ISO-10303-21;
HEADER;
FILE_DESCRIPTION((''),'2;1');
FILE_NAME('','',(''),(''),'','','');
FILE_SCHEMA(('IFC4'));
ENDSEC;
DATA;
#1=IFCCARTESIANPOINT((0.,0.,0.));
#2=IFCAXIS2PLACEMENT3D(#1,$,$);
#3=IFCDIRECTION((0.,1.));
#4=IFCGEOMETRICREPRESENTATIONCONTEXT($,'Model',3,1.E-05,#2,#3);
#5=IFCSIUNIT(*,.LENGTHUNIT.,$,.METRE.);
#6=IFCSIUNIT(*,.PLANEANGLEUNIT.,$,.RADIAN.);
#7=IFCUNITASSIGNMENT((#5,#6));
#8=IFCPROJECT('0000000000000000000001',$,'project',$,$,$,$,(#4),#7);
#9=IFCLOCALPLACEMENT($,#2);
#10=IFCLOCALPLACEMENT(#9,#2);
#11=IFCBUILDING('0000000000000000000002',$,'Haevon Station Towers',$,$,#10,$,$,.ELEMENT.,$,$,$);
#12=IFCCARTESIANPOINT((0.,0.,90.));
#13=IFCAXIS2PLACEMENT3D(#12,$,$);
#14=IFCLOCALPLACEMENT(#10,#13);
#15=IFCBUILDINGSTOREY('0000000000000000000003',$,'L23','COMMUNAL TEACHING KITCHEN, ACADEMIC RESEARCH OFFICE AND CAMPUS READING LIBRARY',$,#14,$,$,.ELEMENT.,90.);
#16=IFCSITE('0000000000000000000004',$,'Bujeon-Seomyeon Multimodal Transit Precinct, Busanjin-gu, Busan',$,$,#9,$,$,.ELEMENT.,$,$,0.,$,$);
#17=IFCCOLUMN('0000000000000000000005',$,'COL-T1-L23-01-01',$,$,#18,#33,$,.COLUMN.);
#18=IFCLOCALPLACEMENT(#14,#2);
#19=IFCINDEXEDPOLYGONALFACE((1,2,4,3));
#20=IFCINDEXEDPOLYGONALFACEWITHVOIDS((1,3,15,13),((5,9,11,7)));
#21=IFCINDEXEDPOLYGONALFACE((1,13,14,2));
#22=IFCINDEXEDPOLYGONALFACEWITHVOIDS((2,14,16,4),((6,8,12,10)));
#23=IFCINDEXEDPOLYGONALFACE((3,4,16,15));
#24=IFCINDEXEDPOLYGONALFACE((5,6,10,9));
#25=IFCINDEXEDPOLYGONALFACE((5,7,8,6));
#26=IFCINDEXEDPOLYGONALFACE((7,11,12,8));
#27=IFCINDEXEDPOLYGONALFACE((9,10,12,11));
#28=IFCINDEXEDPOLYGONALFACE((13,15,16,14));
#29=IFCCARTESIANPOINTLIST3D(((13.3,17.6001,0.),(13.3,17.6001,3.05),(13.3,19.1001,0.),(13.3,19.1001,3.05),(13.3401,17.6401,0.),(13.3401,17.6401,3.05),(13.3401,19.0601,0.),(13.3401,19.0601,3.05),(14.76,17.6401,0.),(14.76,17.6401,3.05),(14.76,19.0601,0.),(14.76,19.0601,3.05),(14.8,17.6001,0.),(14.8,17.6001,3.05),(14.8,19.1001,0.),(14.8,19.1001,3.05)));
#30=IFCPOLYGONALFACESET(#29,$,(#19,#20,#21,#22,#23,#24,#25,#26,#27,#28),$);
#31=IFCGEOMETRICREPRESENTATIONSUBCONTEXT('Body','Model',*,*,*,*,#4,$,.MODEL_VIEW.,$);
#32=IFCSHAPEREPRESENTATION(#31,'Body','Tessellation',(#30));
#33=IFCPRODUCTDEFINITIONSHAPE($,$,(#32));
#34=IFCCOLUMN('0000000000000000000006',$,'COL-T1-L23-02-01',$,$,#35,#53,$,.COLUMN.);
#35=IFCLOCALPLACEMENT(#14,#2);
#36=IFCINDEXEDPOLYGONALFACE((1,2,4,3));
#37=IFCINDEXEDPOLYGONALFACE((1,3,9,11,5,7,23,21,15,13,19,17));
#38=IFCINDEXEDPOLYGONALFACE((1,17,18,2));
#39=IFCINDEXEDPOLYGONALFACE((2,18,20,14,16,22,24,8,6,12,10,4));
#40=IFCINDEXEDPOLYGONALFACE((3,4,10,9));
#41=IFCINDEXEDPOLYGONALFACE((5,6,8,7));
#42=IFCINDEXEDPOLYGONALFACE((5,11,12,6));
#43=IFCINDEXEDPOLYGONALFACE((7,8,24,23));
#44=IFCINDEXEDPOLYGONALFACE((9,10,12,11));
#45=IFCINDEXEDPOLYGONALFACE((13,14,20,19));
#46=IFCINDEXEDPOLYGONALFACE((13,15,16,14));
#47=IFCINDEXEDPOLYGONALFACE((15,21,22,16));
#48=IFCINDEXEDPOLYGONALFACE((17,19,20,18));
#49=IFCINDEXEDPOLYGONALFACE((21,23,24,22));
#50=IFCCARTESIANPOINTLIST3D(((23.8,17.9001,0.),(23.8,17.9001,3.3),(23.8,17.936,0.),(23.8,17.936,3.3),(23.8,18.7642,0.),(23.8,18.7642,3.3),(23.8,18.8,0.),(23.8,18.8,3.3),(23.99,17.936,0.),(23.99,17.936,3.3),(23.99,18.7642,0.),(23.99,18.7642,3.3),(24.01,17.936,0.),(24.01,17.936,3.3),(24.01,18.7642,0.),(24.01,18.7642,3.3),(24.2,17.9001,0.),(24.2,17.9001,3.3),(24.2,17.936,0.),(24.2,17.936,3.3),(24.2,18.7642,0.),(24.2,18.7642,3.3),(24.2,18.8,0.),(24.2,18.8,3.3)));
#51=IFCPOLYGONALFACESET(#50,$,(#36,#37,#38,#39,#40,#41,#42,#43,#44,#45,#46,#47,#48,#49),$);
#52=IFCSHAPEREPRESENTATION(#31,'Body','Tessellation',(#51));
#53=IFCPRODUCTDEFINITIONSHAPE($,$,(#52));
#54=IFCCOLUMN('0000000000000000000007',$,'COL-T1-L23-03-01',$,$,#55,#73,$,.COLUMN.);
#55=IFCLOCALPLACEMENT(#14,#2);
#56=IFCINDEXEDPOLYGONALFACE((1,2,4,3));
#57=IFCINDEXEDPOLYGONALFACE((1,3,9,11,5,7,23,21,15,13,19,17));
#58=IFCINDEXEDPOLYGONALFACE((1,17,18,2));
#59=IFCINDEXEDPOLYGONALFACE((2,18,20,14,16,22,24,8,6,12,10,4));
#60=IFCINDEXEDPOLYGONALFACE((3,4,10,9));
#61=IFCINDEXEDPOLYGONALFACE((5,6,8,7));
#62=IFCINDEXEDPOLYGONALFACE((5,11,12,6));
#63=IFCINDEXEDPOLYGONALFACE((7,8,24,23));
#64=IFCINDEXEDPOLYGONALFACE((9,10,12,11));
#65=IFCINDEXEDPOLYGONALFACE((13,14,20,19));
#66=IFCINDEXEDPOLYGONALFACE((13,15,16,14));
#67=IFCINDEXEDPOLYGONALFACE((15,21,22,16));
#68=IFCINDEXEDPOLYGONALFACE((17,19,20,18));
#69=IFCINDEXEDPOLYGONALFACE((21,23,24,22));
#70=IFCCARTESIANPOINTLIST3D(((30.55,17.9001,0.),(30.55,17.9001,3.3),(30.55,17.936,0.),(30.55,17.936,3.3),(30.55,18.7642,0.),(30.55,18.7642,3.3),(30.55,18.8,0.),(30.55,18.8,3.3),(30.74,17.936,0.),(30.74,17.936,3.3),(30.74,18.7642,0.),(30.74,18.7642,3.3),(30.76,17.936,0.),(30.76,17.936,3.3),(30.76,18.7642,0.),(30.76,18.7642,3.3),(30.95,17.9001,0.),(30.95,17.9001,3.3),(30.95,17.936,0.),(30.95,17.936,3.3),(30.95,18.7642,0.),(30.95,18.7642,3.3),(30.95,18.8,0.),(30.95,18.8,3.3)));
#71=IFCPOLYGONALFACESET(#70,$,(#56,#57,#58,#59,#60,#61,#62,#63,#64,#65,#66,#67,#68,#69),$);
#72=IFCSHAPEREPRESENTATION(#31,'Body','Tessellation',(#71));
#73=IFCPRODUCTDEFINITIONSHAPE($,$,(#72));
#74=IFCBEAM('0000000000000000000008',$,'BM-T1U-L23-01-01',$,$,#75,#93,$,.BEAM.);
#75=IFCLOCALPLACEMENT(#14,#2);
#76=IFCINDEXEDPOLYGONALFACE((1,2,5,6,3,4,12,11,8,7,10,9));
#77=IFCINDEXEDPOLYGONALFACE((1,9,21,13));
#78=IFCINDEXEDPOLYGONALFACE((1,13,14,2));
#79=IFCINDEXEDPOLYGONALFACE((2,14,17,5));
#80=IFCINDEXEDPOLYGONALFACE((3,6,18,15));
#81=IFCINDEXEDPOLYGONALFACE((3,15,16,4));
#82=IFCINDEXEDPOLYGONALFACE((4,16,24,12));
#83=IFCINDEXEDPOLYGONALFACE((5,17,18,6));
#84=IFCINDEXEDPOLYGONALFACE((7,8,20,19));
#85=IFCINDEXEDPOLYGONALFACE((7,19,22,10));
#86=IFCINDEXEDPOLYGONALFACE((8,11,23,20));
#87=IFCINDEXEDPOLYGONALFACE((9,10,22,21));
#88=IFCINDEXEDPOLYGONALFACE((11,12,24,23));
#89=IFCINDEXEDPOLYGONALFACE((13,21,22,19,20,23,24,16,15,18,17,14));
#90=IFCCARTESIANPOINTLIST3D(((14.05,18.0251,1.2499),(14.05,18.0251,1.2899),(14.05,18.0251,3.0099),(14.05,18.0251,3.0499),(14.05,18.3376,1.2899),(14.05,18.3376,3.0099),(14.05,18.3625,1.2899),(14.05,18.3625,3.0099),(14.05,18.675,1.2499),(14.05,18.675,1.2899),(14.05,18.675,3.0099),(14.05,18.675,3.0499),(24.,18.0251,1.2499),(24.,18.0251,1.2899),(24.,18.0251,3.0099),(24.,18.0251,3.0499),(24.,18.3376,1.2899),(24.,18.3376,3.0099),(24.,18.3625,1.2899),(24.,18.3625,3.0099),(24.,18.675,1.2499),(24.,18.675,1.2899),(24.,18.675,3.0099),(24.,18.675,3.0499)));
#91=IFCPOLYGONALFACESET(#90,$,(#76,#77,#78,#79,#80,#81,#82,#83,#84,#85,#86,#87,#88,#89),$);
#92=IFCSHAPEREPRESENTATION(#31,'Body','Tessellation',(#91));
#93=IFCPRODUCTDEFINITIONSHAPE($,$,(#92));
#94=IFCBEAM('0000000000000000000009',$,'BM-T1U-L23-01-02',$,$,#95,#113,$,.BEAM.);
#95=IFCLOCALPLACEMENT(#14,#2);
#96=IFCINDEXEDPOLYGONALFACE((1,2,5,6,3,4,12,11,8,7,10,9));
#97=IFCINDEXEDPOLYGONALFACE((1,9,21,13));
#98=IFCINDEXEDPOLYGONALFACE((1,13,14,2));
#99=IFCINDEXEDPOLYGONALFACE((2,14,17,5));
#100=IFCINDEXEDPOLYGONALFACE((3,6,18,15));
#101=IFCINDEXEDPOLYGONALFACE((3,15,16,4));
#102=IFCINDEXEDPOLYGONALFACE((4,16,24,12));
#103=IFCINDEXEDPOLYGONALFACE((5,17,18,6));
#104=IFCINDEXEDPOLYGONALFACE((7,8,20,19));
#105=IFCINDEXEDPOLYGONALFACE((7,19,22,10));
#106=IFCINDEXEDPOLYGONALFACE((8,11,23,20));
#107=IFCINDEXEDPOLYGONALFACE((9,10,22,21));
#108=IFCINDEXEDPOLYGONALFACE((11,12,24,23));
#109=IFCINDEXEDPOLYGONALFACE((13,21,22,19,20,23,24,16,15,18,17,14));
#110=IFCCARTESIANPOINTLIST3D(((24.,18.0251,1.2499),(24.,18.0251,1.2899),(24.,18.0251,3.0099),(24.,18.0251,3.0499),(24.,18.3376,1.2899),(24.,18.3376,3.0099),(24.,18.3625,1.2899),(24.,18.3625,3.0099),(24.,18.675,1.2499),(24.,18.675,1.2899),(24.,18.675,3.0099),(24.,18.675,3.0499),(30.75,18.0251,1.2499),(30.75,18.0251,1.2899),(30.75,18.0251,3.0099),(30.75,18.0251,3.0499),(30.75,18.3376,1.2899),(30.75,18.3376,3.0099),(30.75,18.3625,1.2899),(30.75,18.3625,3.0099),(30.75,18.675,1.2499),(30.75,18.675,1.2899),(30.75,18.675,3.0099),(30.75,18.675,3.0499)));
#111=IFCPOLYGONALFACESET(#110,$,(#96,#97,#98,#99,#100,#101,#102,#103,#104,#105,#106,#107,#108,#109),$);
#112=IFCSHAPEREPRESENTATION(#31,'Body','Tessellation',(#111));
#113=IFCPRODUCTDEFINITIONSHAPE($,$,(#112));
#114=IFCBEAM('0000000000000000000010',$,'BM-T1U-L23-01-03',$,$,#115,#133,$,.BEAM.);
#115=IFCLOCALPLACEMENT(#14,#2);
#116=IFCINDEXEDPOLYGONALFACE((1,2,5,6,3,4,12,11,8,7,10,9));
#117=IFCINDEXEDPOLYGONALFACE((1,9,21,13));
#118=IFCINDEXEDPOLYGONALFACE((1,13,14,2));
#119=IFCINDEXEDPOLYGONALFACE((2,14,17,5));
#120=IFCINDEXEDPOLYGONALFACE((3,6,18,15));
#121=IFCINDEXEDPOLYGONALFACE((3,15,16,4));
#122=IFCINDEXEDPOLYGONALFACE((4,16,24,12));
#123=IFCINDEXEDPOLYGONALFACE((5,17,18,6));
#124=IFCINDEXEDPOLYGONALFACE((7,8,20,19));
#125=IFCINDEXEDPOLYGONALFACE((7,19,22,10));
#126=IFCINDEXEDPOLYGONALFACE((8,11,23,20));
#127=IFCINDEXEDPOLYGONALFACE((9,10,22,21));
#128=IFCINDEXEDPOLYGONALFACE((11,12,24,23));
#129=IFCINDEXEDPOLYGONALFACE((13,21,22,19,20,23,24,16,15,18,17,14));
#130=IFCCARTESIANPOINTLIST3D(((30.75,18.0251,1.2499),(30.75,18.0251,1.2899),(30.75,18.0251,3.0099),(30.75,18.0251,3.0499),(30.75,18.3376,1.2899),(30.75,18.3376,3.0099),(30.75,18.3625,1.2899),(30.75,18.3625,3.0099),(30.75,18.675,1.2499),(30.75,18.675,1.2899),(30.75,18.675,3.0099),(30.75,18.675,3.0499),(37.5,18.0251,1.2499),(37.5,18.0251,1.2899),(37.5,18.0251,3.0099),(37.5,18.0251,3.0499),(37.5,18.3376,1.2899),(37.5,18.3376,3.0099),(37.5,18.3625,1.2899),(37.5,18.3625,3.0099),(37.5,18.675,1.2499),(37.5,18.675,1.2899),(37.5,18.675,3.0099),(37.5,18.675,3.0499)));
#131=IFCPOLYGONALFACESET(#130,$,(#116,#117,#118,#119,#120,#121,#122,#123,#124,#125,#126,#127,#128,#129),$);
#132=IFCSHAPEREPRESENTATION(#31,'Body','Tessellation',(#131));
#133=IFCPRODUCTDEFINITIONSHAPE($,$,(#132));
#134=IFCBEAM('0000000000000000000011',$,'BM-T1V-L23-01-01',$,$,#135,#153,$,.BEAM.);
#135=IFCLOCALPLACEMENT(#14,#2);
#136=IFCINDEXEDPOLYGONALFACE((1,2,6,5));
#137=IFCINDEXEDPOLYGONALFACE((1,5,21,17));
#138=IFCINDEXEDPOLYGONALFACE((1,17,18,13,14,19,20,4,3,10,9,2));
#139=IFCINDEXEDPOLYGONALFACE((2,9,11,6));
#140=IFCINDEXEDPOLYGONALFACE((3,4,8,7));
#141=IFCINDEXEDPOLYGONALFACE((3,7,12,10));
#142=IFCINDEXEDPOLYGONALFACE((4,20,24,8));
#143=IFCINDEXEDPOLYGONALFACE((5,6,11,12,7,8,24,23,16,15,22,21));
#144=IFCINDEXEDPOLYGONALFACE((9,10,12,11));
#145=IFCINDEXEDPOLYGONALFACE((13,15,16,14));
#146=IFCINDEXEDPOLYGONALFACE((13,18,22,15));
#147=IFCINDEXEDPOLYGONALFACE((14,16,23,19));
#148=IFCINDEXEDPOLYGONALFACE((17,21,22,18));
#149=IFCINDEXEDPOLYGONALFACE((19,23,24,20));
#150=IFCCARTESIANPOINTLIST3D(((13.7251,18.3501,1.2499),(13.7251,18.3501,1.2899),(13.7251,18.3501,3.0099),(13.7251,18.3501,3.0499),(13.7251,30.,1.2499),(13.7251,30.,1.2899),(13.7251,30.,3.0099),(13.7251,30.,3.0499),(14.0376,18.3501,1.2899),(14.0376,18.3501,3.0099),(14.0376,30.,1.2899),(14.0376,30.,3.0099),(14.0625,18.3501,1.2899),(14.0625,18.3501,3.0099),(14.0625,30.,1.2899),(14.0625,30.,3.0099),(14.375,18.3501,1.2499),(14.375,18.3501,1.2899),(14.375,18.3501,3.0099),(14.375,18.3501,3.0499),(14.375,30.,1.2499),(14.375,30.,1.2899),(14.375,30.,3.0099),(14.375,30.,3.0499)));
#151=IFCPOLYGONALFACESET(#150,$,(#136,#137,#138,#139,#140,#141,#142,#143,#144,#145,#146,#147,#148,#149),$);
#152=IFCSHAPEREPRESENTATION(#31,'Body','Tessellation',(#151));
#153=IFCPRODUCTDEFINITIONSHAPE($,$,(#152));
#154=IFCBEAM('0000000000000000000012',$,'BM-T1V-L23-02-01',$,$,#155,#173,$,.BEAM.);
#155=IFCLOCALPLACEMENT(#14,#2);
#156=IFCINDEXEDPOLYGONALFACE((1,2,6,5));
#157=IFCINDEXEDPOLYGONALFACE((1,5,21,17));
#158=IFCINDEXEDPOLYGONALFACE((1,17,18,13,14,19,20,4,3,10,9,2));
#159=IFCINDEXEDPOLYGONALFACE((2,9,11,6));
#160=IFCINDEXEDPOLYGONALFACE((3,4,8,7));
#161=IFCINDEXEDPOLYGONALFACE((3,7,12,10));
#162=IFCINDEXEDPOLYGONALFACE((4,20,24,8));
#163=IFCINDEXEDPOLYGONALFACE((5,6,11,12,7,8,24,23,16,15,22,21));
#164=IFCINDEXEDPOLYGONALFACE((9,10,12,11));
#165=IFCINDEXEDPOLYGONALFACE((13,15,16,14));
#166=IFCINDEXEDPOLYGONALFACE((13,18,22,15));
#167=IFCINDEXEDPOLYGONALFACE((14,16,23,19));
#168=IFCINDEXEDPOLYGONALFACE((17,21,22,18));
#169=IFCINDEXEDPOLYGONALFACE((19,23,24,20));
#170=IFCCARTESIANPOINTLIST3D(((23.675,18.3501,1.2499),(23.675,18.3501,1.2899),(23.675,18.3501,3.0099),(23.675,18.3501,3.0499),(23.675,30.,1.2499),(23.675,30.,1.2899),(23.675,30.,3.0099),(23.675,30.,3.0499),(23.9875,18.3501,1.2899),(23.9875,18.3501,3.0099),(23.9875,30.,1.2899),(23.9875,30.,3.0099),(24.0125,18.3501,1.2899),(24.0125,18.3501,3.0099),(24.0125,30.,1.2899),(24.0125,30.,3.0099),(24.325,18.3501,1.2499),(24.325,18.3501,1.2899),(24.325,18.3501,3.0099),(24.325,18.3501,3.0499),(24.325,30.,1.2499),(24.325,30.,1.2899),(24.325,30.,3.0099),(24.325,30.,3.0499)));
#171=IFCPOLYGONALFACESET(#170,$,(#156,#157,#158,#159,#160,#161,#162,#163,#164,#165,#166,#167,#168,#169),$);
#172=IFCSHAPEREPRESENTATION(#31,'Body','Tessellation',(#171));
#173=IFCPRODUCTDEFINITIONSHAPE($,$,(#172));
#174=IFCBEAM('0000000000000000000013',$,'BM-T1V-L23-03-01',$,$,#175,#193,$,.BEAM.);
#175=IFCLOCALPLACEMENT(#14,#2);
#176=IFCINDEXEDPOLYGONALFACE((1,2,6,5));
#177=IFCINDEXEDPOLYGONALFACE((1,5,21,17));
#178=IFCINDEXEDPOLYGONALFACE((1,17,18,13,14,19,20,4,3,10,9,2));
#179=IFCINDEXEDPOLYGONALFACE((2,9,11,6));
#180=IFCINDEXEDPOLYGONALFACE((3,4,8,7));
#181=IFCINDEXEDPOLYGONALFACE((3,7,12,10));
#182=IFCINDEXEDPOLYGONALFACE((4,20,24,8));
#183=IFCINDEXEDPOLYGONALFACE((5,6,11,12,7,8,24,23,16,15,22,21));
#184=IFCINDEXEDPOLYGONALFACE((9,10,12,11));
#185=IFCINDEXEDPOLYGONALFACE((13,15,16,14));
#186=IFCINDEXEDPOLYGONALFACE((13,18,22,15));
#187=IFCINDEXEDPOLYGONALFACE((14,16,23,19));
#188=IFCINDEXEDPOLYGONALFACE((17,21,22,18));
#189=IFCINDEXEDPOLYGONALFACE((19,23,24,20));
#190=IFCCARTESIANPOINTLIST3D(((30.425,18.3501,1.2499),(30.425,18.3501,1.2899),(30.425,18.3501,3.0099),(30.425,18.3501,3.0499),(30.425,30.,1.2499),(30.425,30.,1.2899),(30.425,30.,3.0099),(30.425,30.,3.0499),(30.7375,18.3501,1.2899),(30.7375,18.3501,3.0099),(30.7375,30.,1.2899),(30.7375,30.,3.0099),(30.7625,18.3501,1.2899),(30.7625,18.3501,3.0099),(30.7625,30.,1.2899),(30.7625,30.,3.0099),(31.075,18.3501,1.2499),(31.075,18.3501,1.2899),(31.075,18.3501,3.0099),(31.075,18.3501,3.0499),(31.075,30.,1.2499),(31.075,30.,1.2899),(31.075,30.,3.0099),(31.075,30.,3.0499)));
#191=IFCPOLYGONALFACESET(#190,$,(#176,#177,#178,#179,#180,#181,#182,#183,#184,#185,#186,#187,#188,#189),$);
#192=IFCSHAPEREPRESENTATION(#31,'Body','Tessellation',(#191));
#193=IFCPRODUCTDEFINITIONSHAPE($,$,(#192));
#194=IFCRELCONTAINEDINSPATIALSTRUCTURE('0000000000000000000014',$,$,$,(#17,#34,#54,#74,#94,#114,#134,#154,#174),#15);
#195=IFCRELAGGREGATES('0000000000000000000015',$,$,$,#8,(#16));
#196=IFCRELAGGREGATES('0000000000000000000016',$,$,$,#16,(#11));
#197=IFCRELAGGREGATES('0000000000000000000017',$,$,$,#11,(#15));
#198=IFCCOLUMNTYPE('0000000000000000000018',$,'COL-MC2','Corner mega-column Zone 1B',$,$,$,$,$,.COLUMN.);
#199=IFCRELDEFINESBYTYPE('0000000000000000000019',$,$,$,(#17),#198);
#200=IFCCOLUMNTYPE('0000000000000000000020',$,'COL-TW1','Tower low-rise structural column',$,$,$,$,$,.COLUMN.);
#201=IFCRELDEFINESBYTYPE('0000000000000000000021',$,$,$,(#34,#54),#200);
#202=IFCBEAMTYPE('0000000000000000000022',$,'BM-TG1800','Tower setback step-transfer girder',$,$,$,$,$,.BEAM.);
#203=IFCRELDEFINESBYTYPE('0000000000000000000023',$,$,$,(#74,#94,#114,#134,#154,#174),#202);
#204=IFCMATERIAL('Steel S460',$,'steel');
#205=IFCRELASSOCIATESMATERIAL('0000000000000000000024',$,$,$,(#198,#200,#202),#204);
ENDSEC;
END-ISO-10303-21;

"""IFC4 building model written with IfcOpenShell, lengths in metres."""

from ifc_helpers import new_model, si_unit, direction, frame, origin, origin_2d, place, context, subcontext, project, spatial, hollow_rectangle, i_section, extrude, material, material_profile, profile_set, type_object, element, save


model = new_model("IFC4")

# Units and contexts
model_context = context("Model", 3, precision=1e-05, world=origin(), true_north=direction((0.0, 1.0)))
body_context = subcontext(model_context, "Body", "Model", "MODEL_VIEW")
ifc_project = project(units=[si_unit("LENGTHUNIT", "METRE"), si_unit("PLANEANGLEUNIT", "RADIAN")], contexts=[model_context])

# Site, building, storey
site_placement = place(None, origin())
site = spatial("IfcSite", under=ifc_project, at=site_placement, Name="Bujeon-Seomyeon Multimodal Transit Precinct, Busanjin-gu, Busan", CompositionType="ELEMENT", RefElevation=0.0)
building_placement = place(site_placement, origin())
building = spatial("IfcBuilding", under=site, at=building_placement, Name="Haevon Station Towers", CompositionType="ELEMENT")
storey_placement = place(building_placement, frame((0.0, 0.0, 90.0)))
storey = spatial("IfcBuildingStorey", under=building, at=storey_placement, Name="L23", Description="COMMUNAL TEACHING KITCHEN, ACADEMIC RESEARCH OFFICE AND CAMPUS READING LIBRARY", CompositionType="ELEMENT", Elevation=90.0)

# Columns
ifc_material_1 = material(Name="Steel S460", Category="steel")
ifc_material_profile_1 = material_profile(ifc_material_1, hollow_rectangle(XDim=1.5, YDim=1.5, WallThickness=0.04, at=origin_2d()), Name="BOX-1500x1500x40")
ifc_profile_set_1 = profile_set([ifc_material_profile_1], Name="Steel S460")
column_type_1 = type_object("IfcColumnType", Name="COL-MC2", Description="Corner mega-column Zone 1B", PredefinedType="COLUMN", material=ifc_profile_set_1)
column_placement = place(storey_placement, frame((14.05, 18.3501, 0.0), z_axis=(0.0, 0.0, 1.0), x_axis=(1.0, 0.0, 0.0)))
element("IfcColumn", 1, at=column_placement, inside=storey, type_object=column_type_1, Name="COL-T1-L23-01-01", PredefinedType="COLUMN", context=body_context, shape_type="SweptSolid", body=[
    extrude(hollow_rectangle(XDim=1.5, YDim=1.5, WallThickness=0.04, at=origin_2d()), origin(), (0.0, 0.0, 1.0), 3.05),
])
ifc_material_profile_2 = material_profile(ifc_material_1, i_section(OverallWidth=0.3999, OverallDepth=0.8999, WebThickness=0.02, FlangeThickness=0.0359, at=origin_2d()), Name="H-900x400x20x36")
ifc_profile_set_2 = profile_set([ifc_material_profile_2], Name="Steel S460")
column_type_2 = type_object("IfcColumnType", Name="COL-TW1", Description="Tower low-rise structural column", PredefinedType="COLUMN", material=ifc_profile_set_2)
for number, where, z_axis, x_axis, name in (
    (2, (24.0, 18.3501, 0.0), (0.0, 0.0, 1.0), (1.0, 0.0, 0.0), "COL-T1-L23-02-01"),
    (3, (30.75, 18.3501, 0.0), (0.0, 0.0, 1.0), (1.0, 0.0, 0.0), "COL-T1-L23-03-01"),
):
    element("IfcColumn", number, at=place(storey_placement, frame(where, z_axis=z_axis, x_axis=x_axis)), inside=storey, type_object=column_type_2, Name=name, PredefinedType="COLUMN", context=body_context, shape_type="SweptSolid", body=[
        extrude(i_section(OverallWidth=0.3999, OverallDepth=0.8999, WebThickness=0.02, FlangeThickness=0.0359, at=origin_2d()), origin(), (0.0, 0.0, 1.0), 3.3),
    ])

# Beams
ifc_material_profile_3 = material_profile(ifc_material_1, i_section(OverallWidth=0.6499, OverallDepth=1.8, WebThickness=0.0249, FlangeThickness=0.04, at=origin_2d()), Name="H-1800x650x25x40")
ifc_profile_set_3 = profile_set([ifc_material_profile_3], Name="Steel S460")
beam_type = type_object("IfcBeamType", Name="BM-TG1800", Description="Tower setback step-transfer girder", PredefinedType="BEAM", material=ifc_profile_set_3)
beam_placement = place(storey_placement, frame((14.05, 18.3501, 2.1499), z_axis=(1.0, 0.0, 0.0), x_axis=(0.0, 1.0, 0.0)))
element("IfcBeam", 4, at=beam_placement, inside=storey, type_object=beam_type, Name="BM-T1U-L23-01-01", PredefinedType="BEAM", context=body_context, shape_type="SweptSolid", body=[
    extrude(i_section(OverallWidth=0.6499, OverallDepth=1.8, WebThickness=0.0249, FlangeThickness=0.04, at=origin_2d()), origin(), (0.0, 0.0, 1.0), 9.95),
])
for number, where, z_axis, x_axis, name in (
    (5, (24.0, 18.3501, 2.1499), (1.0, 0.0, 0.0), (0.0, 1.0, 0.0), "BM-T1U-L23-01-02"),
    (6, (30.75, 18.3501, 2.1499), (1.0, 0.0, 0.0), (0.0, 1.0, 0.0), "BM-T1U-L23-01-03"),
):
    element("IfcBeam", number, at=place(storey_placement, frame(where, z_axis=z_axis, x_axis=x_axis)), inside=storey, type_object=beam_type, Name=name, PredefinedType="BEAM", context=body_context, shape_type="SweptSolid", body=[
        extrude(i_section(OverallWidth=0.6499, OverallDepth=1.8, WebThickness=0.0249, FlangeThickness=0.04, at=origin_2d()), origin(), (0.0, 0.0, 1.0), 6.75),
    ])
for number, where, z_axis, x_axis, name in (
    (7, (14.05, 18.3501, 2.1499), (0.0, 1.0, 0.0), (-1.0, 0.0, 0.0), "BM-T1V-L23-01-01"),
    (8, (24.0, 18.3501, 2.1499), (0.0, 1.0, 0.0), (-1.0, 0.0, 0.0), "BM-T1V-L23-02-01"),
    (9, (30.75, 18.3501, 2.1499), (0.0, 1.0, 0.0), (-1.0, 0.0, 0.0), "BM-T1V-L23-03-01"),
):
    element("IfcBeam", number, at=place(storey_placement, frame(where, z_axis=z_axis, x_axis=x_axis)), inside=storey, type_object=beam_type, Name=name, PredefinedType="BEAM", context=body_context, shape_type="SweptSolid", body=[
        extrude(i_section(OverallWidth=0.6499, OverallDepth=1.8, WebThickness=0.0249, FlangeThickness=0.04, at=origin_2d()), origin(), (0.0, 0.0, 1.0), 11.6499),
    ])

save(model, "model.ifc")
